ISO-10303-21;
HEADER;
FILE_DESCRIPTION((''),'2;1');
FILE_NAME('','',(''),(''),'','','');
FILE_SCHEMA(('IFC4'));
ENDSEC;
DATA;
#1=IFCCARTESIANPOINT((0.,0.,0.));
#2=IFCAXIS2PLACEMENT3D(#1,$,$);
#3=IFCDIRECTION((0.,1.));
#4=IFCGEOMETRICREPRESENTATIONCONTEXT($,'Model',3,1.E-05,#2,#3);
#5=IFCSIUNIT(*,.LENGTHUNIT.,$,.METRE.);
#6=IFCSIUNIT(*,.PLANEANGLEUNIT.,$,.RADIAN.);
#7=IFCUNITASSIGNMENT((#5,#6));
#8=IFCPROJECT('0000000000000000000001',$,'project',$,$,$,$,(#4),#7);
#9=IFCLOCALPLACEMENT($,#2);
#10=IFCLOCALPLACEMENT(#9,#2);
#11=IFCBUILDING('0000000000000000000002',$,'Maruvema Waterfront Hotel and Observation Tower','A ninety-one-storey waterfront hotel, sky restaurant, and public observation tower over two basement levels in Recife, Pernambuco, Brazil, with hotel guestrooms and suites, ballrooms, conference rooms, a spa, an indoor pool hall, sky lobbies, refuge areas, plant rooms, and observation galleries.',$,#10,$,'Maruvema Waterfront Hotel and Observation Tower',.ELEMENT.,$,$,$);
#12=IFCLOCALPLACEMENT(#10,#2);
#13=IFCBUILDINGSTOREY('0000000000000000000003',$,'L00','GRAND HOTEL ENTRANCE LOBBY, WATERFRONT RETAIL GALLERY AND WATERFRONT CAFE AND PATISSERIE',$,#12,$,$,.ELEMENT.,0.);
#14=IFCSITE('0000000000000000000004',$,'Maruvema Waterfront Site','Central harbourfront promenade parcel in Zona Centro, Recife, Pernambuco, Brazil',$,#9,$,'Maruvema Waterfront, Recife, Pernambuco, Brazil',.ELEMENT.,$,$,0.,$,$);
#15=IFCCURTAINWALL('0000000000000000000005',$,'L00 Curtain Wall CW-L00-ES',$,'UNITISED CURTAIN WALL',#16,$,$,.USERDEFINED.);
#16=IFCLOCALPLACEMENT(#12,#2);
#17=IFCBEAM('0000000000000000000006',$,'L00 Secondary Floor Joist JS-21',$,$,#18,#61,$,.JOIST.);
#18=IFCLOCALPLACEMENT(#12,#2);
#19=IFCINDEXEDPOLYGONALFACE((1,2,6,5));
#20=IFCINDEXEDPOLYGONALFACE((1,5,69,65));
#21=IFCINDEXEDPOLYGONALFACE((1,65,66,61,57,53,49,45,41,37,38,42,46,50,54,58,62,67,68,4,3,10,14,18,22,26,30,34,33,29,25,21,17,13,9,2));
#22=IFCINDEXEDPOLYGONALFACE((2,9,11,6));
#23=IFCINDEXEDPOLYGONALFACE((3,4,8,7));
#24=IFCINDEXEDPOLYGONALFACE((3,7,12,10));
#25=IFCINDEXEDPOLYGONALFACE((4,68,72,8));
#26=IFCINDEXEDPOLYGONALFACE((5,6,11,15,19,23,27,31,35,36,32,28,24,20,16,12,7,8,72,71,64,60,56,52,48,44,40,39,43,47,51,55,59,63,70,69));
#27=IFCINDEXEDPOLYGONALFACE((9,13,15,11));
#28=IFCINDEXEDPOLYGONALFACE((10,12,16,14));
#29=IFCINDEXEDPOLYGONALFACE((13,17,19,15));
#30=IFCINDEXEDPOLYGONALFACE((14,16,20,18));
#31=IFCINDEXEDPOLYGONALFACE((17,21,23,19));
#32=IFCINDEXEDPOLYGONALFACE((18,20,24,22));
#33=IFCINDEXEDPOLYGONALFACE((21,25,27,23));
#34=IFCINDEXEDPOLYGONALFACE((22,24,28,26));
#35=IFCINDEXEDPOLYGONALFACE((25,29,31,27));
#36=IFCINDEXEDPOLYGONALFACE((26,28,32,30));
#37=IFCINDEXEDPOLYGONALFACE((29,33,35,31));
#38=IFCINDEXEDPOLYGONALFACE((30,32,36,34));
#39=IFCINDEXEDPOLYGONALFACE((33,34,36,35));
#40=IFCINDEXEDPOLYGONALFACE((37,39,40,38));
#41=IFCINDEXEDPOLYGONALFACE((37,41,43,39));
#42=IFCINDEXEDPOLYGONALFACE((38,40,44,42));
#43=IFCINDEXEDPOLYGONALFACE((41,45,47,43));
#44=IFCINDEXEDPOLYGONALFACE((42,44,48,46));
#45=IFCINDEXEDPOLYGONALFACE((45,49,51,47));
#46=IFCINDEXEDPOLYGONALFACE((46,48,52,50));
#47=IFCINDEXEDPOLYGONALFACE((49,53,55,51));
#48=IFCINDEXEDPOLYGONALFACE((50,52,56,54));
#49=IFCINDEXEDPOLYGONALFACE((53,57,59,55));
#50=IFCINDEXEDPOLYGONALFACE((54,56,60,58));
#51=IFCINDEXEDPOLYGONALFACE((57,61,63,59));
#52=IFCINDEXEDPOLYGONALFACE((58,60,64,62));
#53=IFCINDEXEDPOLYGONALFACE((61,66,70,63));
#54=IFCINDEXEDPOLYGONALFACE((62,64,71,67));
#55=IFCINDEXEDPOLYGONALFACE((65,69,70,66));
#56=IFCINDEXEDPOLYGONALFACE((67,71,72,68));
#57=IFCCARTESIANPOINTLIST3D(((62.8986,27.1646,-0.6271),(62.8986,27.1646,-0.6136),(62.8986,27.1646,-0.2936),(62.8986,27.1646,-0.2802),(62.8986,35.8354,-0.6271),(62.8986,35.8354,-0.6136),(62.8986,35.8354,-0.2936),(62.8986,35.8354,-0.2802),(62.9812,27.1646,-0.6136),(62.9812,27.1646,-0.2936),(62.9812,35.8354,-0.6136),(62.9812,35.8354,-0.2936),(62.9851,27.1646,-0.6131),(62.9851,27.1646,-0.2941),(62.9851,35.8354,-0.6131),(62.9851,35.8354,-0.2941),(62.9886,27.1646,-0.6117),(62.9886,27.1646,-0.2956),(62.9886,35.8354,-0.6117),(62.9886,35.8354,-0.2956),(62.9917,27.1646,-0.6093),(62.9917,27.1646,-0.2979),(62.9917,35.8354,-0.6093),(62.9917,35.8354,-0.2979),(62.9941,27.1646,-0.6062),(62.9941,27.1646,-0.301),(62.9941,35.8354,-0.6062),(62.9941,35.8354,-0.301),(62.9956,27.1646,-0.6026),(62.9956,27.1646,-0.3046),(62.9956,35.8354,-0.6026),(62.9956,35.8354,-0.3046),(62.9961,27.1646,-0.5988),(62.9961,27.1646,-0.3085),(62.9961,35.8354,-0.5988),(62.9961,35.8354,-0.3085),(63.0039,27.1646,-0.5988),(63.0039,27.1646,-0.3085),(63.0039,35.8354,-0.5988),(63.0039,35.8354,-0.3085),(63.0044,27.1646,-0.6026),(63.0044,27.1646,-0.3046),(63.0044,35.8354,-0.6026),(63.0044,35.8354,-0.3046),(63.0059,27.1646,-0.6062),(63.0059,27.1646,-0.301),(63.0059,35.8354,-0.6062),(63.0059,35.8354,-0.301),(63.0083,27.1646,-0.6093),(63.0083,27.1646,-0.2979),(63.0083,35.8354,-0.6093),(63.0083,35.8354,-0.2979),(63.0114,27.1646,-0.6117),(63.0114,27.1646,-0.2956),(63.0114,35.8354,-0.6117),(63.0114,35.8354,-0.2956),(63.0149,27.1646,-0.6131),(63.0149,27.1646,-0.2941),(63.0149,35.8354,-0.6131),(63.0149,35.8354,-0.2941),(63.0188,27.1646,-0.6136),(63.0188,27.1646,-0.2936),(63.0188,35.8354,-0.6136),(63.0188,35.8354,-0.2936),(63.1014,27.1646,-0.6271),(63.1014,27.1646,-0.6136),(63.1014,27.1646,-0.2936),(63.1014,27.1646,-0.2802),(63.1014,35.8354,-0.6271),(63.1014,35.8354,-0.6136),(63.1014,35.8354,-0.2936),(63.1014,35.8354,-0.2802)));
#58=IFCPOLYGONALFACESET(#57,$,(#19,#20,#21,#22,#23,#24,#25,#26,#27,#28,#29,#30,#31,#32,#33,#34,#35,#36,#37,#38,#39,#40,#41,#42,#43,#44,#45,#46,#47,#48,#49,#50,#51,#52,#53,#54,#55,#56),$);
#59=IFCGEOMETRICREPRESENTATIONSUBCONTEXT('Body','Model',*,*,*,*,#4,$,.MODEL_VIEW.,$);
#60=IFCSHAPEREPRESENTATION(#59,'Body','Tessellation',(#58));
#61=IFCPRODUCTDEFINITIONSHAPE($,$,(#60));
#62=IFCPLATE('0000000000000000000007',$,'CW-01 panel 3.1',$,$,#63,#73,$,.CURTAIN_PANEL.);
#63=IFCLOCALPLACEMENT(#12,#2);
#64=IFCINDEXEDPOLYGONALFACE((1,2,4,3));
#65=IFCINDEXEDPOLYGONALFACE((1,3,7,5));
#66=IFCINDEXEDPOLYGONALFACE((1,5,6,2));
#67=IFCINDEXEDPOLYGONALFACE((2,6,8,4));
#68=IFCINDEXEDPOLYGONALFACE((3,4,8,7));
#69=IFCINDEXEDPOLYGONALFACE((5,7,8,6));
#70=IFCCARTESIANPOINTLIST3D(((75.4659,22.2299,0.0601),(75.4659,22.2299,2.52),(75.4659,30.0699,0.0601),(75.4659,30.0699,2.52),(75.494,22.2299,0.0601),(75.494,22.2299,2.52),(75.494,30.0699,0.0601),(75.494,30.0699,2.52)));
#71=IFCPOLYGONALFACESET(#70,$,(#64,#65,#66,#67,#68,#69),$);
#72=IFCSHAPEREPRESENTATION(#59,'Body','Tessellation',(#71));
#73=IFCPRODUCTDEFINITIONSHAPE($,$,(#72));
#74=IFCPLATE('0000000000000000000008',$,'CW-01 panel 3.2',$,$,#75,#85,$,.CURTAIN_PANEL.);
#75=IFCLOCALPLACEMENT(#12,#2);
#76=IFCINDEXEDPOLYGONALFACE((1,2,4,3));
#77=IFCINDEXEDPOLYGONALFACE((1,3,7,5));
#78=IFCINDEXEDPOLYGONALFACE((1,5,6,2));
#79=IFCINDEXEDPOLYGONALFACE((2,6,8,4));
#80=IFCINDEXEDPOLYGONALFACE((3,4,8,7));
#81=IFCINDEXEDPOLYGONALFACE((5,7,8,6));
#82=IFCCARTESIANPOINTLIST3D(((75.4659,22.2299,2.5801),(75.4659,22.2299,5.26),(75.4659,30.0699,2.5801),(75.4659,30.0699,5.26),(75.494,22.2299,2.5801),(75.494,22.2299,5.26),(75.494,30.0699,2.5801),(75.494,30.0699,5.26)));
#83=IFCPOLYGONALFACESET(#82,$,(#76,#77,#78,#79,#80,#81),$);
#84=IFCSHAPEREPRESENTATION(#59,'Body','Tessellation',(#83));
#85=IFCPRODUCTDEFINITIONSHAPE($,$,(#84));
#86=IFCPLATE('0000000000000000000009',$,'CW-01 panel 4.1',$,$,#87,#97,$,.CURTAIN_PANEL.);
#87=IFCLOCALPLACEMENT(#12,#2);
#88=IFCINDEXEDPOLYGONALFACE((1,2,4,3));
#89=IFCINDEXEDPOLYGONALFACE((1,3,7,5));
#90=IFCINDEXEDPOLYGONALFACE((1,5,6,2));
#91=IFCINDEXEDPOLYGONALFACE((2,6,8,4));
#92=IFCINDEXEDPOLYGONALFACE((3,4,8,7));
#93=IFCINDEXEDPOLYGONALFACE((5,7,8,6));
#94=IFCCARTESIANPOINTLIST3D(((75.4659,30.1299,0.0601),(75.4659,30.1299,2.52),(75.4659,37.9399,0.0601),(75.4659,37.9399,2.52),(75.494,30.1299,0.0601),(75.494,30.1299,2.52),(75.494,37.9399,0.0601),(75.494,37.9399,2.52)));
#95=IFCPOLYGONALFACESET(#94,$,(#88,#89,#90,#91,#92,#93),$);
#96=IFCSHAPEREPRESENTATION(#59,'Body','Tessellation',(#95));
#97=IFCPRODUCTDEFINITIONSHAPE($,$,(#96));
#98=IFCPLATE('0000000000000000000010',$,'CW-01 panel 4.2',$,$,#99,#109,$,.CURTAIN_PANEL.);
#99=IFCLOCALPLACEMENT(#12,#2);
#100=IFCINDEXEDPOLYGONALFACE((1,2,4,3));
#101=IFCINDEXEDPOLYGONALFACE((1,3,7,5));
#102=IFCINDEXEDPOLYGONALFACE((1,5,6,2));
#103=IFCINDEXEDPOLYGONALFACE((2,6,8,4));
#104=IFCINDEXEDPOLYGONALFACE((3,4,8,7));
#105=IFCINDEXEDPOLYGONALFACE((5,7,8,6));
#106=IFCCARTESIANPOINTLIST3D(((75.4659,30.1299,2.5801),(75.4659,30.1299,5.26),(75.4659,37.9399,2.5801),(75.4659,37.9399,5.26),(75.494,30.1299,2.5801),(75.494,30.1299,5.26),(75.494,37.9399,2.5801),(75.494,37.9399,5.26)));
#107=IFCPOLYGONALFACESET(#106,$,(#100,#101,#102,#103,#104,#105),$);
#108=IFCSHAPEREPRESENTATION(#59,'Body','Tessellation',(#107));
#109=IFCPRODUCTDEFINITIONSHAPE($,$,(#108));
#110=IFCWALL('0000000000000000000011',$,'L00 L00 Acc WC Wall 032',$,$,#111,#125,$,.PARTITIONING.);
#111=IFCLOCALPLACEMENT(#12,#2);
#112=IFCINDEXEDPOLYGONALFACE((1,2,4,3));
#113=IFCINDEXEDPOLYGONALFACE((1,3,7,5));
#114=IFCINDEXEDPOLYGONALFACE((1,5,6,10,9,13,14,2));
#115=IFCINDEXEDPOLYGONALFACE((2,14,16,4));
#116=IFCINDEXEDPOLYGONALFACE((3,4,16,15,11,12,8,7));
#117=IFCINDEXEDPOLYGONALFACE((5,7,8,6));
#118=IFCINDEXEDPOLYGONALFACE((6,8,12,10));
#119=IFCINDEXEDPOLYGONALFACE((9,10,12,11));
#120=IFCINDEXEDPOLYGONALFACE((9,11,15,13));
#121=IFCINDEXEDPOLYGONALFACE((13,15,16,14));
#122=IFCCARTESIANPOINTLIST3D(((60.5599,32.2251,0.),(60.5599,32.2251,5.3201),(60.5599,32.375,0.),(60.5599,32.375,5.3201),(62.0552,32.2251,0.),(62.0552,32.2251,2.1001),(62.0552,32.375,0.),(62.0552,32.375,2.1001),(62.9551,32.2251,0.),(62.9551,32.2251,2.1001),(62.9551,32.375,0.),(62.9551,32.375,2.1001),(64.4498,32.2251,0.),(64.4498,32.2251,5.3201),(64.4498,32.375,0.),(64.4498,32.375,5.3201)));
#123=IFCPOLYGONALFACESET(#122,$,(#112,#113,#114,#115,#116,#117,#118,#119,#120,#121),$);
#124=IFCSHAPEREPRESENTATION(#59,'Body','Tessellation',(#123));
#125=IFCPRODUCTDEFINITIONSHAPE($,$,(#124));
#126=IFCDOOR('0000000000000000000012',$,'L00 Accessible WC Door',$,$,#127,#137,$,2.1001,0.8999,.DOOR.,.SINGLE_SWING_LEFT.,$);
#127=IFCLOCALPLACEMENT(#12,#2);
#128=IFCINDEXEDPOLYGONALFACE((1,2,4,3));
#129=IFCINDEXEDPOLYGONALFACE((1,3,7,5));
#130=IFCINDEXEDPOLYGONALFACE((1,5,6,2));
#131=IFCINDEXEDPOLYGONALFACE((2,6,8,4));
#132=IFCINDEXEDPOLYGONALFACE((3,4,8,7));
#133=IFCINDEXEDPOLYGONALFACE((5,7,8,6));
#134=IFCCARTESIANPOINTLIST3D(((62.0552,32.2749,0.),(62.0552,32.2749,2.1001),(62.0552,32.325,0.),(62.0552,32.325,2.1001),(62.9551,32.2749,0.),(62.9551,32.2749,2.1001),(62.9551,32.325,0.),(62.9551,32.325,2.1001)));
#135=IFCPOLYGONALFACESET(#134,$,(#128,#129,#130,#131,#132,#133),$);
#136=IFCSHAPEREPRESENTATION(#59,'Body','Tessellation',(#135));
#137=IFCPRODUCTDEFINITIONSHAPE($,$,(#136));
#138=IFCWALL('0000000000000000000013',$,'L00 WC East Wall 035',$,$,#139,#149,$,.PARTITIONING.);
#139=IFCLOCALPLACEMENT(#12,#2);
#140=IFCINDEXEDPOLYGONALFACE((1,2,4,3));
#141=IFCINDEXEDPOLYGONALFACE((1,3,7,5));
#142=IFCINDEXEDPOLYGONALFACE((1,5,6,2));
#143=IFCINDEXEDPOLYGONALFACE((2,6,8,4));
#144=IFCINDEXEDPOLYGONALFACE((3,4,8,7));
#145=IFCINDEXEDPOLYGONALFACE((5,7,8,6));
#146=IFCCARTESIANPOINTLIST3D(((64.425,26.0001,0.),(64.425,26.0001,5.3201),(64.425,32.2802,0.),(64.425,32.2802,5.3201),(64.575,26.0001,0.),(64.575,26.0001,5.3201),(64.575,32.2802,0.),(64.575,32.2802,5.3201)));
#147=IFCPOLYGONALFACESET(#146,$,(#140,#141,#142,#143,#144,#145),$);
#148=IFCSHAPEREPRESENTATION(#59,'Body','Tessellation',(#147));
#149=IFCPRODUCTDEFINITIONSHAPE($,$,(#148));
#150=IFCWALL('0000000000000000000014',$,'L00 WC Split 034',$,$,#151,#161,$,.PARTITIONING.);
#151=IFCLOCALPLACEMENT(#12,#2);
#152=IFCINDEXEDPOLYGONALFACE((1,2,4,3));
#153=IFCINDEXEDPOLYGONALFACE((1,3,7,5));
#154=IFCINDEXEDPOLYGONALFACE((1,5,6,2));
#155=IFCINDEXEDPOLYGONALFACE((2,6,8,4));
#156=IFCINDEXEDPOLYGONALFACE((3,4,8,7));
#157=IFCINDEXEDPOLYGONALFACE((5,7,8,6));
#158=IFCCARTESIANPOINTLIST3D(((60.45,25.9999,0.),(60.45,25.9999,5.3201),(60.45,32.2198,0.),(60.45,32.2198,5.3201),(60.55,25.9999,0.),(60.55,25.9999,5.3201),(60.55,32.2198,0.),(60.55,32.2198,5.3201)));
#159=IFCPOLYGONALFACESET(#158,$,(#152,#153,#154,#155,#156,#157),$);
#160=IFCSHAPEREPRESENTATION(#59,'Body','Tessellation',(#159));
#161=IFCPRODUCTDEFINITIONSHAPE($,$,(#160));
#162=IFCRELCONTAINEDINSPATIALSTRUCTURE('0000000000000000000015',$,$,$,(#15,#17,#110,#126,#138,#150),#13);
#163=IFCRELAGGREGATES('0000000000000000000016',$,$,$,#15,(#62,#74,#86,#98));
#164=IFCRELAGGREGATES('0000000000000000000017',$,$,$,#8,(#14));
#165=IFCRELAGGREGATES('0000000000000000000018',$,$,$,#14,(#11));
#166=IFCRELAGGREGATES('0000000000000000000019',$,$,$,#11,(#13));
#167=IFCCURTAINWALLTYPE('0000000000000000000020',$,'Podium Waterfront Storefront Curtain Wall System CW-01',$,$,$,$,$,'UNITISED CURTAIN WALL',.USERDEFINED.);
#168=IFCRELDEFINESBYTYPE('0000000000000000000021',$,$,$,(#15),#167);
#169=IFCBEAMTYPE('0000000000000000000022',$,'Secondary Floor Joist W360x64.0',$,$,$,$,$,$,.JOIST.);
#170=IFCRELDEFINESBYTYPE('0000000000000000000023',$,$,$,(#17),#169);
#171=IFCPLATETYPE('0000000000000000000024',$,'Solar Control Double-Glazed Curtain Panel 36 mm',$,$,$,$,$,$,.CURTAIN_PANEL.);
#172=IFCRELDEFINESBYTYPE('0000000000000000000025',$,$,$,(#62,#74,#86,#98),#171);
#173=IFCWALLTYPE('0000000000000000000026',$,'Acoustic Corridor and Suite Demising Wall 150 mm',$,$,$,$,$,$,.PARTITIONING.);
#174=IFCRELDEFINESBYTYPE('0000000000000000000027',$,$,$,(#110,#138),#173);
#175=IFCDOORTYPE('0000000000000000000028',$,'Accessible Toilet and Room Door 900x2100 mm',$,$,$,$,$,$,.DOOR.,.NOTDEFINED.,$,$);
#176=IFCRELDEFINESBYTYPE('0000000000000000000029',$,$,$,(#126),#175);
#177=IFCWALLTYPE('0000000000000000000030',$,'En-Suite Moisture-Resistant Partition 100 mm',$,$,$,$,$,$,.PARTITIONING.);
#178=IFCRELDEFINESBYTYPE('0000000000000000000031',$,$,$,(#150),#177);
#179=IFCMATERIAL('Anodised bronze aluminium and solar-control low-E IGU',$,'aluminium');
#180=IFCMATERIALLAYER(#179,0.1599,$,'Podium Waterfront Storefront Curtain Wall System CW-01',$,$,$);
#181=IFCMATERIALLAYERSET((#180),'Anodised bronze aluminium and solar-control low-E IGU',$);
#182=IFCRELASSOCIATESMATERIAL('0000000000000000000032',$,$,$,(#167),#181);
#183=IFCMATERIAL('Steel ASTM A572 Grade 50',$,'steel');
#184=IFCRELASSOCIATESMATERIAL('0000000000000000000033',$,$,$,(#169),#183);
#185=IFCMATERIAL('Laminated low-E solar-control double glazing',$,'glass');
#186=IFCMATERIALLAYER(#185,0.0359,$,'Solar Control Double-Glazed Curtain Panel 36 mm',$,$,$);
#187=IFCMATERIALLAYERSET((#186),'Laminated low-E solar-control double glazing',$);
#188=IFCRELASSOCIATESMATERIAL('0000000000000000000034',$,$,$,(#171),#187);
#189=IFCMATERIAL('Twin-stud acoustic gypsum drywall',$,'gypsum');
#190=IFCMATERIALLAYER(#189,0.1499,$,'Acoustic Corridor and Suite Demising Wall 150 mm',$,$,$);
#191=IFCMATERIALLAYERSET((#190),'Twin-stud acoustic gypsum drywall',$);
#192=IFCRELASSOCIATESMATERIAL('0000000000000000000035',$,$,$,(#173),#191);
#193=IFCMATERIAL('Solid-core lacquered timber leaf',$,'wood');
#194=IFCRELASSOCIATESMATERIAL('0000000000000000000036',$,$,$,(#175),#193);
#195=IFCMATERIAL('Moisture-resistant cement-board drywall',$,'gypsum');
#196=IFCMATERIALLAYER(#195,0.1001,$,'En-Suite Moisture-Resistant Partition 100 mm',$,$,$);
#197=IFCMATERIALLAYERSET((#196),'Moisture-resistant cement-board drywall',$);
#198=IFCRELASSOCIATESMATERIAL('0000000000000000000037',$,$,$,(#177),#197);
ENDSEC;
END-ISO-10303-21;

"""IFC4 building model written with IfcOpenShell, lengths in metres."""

from ifc_helpers import new_model, si_unit, direction, frame, frame_2d, origin, origin_2d, place, context, subcontext, project, spatial, rectangle, i_section, extrude, material, layer, layer_set, material_profile, profile_set, type_object, element, fill, aggregate, save


model = new_model("IFC4")

# Units and contexts
model_context = context("Model", 3, precision=1e-05, world=origin(), true_north=direction((0.0, 1.0)))
body_context = subcontext(model_context, "Body", "Model", "MODEL_VIEW")
ifc_project = project(units=[si_unit("LENGTHUNIT", "METRE"), si_unit("PLANEANGLEUNIT", "RADIAN")], contexts=[model_context])

# Site, building, storey
site_placement = place(None, origin())
site = spatial("IfcSite", under=ifc_project, at=site_placement, Name="Maruvema Waterfront Site", Description="Central harbourfront promenade parcel in Zona Centro, Recife, Pernambuco, Brazil", LongName="Maruvema Waterfront, Recife, Pernambuco, Brazil", CompositionType="ELEMENT", RefElevation=0.0)
building_placement = place(site_placement, origin())
building = spatial("IfcBuilding", under=site, at=building_placement, Name="Maruvema Waterfront Hotel and Observation Tower", Description="A ninety-one-storey waterfront hotel, sky restaurant, and public observation tower over two basement levels in Recife, Pernambuco, Brazil, with hotel guestrooms and suites, ballrooms, conference rooms, a spa, an indoor pool hall, sky lobbies, refuge areas, plant rooms, and observation galleries.", LongName="Maruvema Waterfront Hotel and Observation Tower", CompositionType="ELEMENT")
storey_placement = place(building_placement, origin())
storey = spatial("IfcBuildingStorey", under=building, at=storey_placement, Name="L00", Description="GRAND HOTEL ENTRANCE LOBBY, WATERFRONT RETAIL GALLERY AND WATERFRONT CAFE AND PATISSERIE", CompositionType="ELEMENT", Elevation=0.0)

# Curtain wall
ifc_material_1 = material(Name="Anodised bronze aluminium and solar-control low-E IGU", Category="aluminium")
ifc_layer_1 = layer(ifc_material_1, 0.1599, Name="Podium Waterfront Storefront Curtain Wall System CW-01")
ifc_layer_set_1 = layer_set([ifc_layer_1], Name="Anodised bronze aluminium and solar-control low-E IGU")
curtain_wall_type = type_object("IfcCurtainWallType", Name="Podium Waterfront Storefront Curtain Wall System CW-01", ElementType="UNITISED CURTAIN WALL", PredefinedType="USERDEFINED", material=ifc_layer_set_1)
curtain_wall_placement = place(storey_placement, origin())
curtain_wall = element("IfcCurtainWall", 1, at=curtain_wall_placement, inside=storey, type_object=curtain_wall_type, Name="L00 Curtain Wall CW-L00-ES", ObjectType="UNITISED CURTAIN WALL", PredefinedType="USERDEFINED")

# Beam
ifc_material_2 = material(Name="Steel ASTM A572 Grade 50", Category="steel")
ifc_material_profile_1 = material_profile(ifc_material_2, i_section(OverallWidth=0.2029, OverallDepth=0.3469, WebThickness=0.0078, FlangeThickness=0.0134, FilletRadius=0.0149, at=origin_2d()), Name="W360x64.0")
ifc_profile_set_1 = profile_set([ifc_material_profile_1], Name="Steel ASTM A572 Grade 50")
beam_type_1 = type_object("IfcBeamType", Name="Secondary Floor Joist W360x64.0", PredefinedType="JOIST", material=ifc_profile_set_1)
beam_1_placement = place(storey_placement, frame((63.0, 27.1646, -0.4536), z_axis=(0.0, 1.0, 0.0), x_axis=(-1.0, 0.0, 0.0)))
element("IfcBeam", 2, at=beam_1_placement, inside=storey, type_object=beam_type_1, Name="L00 Secondary Floor Joist JS-21", PredefinedType="JOIST", context=body_context, shape_type="SweptSolid", body=[
    extrude(i_section(OverallWidth=0.2029, OverallDepth=0.3469, WebThickness=0.0078, FlangeThickness=0.0134, FilletRadius=0.0149, at=origin_2d()), origin(), (0.0, 0.0, 1.0), 8.6709),
])

# Plates
ifc_material_3 = material(Name="Laminated low-E solar-control double glazing", Category="glass")
ifc_layer_2 = layer(ifc_material_3, 0.0359, Name="Solar Control Double-Glazed Curtain Panel 36 mm")
ifc_layer_set_2 = layer_set([ifc_layer_2], Name="Laminated low-E solar-control double glazing")
plate_type = type_object("IfcPlateType", Name="Solar Control Double-Glazed Curtain Panel 36 mm", PredefinedType="CURTAIN_PANEL", material=ifc_layer_set_2)
plate_1_placement = place(storey_placement, frame((75.48, 26.1499, 0.0601), z_axis=(0.0, 0.0, 1.0), x_axis=(0.0, 1.0, 0.0)))
plate_1 = element("IfcPlate", 3, at=plate_1_placement, type_object=plate_type, Name="CW-01 panel 3.1", PredefinedType="CURTAIN_PANEL", context=body_context, shape_type="SweptSolid", body=[
    extrude(rectangle(XDim=7.8401, YDim=0.0281, at=origin_2d()), origin(), (0.0, 0.0, 1.0), 2.46),
])
plate_2_placement = place(storey_placement, frame((75.48, 26.1499, 2.5801), z_axis=(0.0, 0.0, 1.0), x_axis=(0.0, 1.0, 0.0)))
plate_2 = element("IfcPlate", 4, at=plate_2_placement, type_object=plate_type, Name="CW-01 panel 3.2", PredefinedType="CURTAIN_PANEL", context=body_context, shape_type="SweptSolid", body=[
    extrude(rectangle(XDim=7.8401, YDim=0.0281, at=origin_2d()), origin(), (0.0, 0.0, 1.0), 2.6799),
])
plate_3_placement = place(storey_placement, frame((75.48, 34.0349, 0.0601), z_axis=(0.0, 0.0, 1.0), x_axis=(0.0, 1.0, 0.0)))
plate_3 = element("IfcPlate", 5, at=plate_3_placement, type_object=plate_type, Name="CW-01 panel 4.1", PredefinedType="CURTAIN_PANEL", context=body_context, shape_type="SweptSolid", body=[
    extrude(rectangle(XDim=7.8101, YDim=0.0281, at=origin_2d()), origin(), (0.0, 0.0, 1.0), 2.46),
])
plate_4_placement = place(storey_placement, frame((75.48, 34.0349, 2.5801), z_axis=(0.0, 0.0, 1.0), x_axis=(0.0, 1.0, 0.0)))
plate_4 = element("IfcPlate", 6, at=plate_4_placement, type_object=plate_type, Name="CW-01 panel 4.2", PredefinedType="CURTAIN_PANEL", context=body_context, shape_type="SweptSolid", body=[
    extrude(rectangle(XDim=7.8101, YDim=0.0281, at=origin_2d()), origin(), (0.0, 0.0, 1.0), 2.6799),
])
aggregate(curtain_wall, [plate_1, plate_2, plate_3, plate_4])

# Wall, opening, door
ifc_material_4 = material(Name="Twin-stud acoustic gypsum drywall", Category="gypsum")
ifc_layer_3 = layer(ifc_material_4, 0.1499, Name="Acoustic Corridor and Suite Demising Wall 150 mm")
ifc_layer_set_3 = layer_set([ifc_layer_3], Name="Twin-stud acoustic gypsum drywall")
wall_type_1 = type_object("IfcWallType", Name="Acoustic Corridor and Suite Demising Wall 150 mm", PredefinedType="PARTITIONING", material=ifc_layer_set_3)
wall_1_placement = place(storey_placement, frame((60.5601, 32.3, 0.0), z_axis=(0.0, 0.0, 1.0), x_axis=(1.0, 0.0, 0.0)))
wall_1 = element("IfcWall", 7, at=wall_1_placement, inside=storey, type_object=wall_type_1, Name="L00 L00 Acc WC Wall 032", PredefinedType="PARTITIONING", context=body_context, shape_type="SweptSolid", body=[
    extrude(rectangle(XDim=3.8899, YDim=0.1499, at=frame_2d((1.9448, 0.0))), origin(), (0.0, 0.0, 1.0), 5.3201),
])
opening_1_placement = place(wall_1_placement, frame((1.4951, 0.0, 0.0)))
opening_1 = element("IfcOpeningElement", 8, at=opening_1_placement, cuts=wall_1, PredefinedType="OPENING", context=body_context, shape_type="SweptSolid", body=[
    extrude(rectangle(XDim=0.8999, YDim=2.1001, at=frame_2d((0.45, 1.05))), frame((0.0, 0.085, 0.0), z_axis=(0.0, -1.0, 0.0), x_axis=(1.0, 0.0, 0.0)), (0.0, 0.0, 1.0), 0.1699),
])
ifc_material_5 = material(Name="Solid-core lacquered timber leaf", Category="wood")
door_type_1 = type_object("IfcDoorType", Name="Accessible Toilet and Room Door 900x2100 mm", OperationType="NOTDEFINED", PredefinedType="DOOR", material=ifc_material_5)
door_1_placement = place(opening_1_placement, origin())
door_1 = element("IfcDoor", 9, at=door_1_placement, inside=storey, type_object=door_type_1, Name="L00 Accessible WC Door", OperationType="SINGLE_SWING_LEFT", OverallHeight=2.1001, OverallWidth=0.8999, PredefinedType="DOOR", context=body_context, shape_type="SweptSolid", body=[
    extrude(rectangle(XDim=0.8999, YDim=2.1001, at=frame_2d((0.45, 1.05))), frame((0.0, 0.0249, 0.0), z_axis=(0.0, -1.0, 0.0), x_axis=(1.0, 0.0, 0.0)), (0.0, 0.0, 1.0), 0.05),
])
fill(opening_1, door_1)

# Walls
wall_2_placement = place(storey_placement, frame((64.5, 26.0, 0.0), z_axis=(0.0, 0.0, 1.0), x_axis=(0.0, 1.0, 0.0)))
element("IfcWall", 10, at=wall_2_placement, inside=storey, type_object=wall_type_1, Name="L00 WC East Wall 035", PredefinedType="PARTITIONING", context=body_context, shape_type="SweptSolid", body=[
    extrude(rectangle(XDim=6.28, YDim=0.1499, at=frame_2d((3.1401, 0.0))), origin(), (0.0, 0.0, 1.0), 5.3201),
])
ifc_material_6 = material(Name="Moisture-resistant cement-board drywall", Category="gypsum")
ifc_layer_4 = layer(ifc_material_6, 0.1001, Name="En-Suite Moisture-Resistant Partition 100 mm")
ifc_layer_set_4 = layer_set([ifc_layer_4], Name="Moisture-resistant cement-board drywall")
wall_type_2 = type_object("IfcWallType", Name="En-Suite Moisture-Resistant Partition 100 mm", PredefinedType="PARTITIONING", material=ifc_layer_set_4)
wall_3_placement = place(storey_placement, frame((60.5, 26.0, 0.0), z_axis=(0.0, 0.0, 1.0), x_axis=(0.0, 1.0, 0.0)))
element("IfcWall", 11, at=wall_3_placement, inside=storey, type_object=wall_type_2, Name="L00 WC Split 034", PredefinedType="PARTITIONING", context=body_context, shape_type="SweptSolid", body=[
    extrude(rectangle(XDim=6.22, YDim=0.1001, at=frame_2d((3.1099, 0.0))), origin(), (0.0, 0.0, 1.0), 5.3201),
])

save(model, "model.ifc")
